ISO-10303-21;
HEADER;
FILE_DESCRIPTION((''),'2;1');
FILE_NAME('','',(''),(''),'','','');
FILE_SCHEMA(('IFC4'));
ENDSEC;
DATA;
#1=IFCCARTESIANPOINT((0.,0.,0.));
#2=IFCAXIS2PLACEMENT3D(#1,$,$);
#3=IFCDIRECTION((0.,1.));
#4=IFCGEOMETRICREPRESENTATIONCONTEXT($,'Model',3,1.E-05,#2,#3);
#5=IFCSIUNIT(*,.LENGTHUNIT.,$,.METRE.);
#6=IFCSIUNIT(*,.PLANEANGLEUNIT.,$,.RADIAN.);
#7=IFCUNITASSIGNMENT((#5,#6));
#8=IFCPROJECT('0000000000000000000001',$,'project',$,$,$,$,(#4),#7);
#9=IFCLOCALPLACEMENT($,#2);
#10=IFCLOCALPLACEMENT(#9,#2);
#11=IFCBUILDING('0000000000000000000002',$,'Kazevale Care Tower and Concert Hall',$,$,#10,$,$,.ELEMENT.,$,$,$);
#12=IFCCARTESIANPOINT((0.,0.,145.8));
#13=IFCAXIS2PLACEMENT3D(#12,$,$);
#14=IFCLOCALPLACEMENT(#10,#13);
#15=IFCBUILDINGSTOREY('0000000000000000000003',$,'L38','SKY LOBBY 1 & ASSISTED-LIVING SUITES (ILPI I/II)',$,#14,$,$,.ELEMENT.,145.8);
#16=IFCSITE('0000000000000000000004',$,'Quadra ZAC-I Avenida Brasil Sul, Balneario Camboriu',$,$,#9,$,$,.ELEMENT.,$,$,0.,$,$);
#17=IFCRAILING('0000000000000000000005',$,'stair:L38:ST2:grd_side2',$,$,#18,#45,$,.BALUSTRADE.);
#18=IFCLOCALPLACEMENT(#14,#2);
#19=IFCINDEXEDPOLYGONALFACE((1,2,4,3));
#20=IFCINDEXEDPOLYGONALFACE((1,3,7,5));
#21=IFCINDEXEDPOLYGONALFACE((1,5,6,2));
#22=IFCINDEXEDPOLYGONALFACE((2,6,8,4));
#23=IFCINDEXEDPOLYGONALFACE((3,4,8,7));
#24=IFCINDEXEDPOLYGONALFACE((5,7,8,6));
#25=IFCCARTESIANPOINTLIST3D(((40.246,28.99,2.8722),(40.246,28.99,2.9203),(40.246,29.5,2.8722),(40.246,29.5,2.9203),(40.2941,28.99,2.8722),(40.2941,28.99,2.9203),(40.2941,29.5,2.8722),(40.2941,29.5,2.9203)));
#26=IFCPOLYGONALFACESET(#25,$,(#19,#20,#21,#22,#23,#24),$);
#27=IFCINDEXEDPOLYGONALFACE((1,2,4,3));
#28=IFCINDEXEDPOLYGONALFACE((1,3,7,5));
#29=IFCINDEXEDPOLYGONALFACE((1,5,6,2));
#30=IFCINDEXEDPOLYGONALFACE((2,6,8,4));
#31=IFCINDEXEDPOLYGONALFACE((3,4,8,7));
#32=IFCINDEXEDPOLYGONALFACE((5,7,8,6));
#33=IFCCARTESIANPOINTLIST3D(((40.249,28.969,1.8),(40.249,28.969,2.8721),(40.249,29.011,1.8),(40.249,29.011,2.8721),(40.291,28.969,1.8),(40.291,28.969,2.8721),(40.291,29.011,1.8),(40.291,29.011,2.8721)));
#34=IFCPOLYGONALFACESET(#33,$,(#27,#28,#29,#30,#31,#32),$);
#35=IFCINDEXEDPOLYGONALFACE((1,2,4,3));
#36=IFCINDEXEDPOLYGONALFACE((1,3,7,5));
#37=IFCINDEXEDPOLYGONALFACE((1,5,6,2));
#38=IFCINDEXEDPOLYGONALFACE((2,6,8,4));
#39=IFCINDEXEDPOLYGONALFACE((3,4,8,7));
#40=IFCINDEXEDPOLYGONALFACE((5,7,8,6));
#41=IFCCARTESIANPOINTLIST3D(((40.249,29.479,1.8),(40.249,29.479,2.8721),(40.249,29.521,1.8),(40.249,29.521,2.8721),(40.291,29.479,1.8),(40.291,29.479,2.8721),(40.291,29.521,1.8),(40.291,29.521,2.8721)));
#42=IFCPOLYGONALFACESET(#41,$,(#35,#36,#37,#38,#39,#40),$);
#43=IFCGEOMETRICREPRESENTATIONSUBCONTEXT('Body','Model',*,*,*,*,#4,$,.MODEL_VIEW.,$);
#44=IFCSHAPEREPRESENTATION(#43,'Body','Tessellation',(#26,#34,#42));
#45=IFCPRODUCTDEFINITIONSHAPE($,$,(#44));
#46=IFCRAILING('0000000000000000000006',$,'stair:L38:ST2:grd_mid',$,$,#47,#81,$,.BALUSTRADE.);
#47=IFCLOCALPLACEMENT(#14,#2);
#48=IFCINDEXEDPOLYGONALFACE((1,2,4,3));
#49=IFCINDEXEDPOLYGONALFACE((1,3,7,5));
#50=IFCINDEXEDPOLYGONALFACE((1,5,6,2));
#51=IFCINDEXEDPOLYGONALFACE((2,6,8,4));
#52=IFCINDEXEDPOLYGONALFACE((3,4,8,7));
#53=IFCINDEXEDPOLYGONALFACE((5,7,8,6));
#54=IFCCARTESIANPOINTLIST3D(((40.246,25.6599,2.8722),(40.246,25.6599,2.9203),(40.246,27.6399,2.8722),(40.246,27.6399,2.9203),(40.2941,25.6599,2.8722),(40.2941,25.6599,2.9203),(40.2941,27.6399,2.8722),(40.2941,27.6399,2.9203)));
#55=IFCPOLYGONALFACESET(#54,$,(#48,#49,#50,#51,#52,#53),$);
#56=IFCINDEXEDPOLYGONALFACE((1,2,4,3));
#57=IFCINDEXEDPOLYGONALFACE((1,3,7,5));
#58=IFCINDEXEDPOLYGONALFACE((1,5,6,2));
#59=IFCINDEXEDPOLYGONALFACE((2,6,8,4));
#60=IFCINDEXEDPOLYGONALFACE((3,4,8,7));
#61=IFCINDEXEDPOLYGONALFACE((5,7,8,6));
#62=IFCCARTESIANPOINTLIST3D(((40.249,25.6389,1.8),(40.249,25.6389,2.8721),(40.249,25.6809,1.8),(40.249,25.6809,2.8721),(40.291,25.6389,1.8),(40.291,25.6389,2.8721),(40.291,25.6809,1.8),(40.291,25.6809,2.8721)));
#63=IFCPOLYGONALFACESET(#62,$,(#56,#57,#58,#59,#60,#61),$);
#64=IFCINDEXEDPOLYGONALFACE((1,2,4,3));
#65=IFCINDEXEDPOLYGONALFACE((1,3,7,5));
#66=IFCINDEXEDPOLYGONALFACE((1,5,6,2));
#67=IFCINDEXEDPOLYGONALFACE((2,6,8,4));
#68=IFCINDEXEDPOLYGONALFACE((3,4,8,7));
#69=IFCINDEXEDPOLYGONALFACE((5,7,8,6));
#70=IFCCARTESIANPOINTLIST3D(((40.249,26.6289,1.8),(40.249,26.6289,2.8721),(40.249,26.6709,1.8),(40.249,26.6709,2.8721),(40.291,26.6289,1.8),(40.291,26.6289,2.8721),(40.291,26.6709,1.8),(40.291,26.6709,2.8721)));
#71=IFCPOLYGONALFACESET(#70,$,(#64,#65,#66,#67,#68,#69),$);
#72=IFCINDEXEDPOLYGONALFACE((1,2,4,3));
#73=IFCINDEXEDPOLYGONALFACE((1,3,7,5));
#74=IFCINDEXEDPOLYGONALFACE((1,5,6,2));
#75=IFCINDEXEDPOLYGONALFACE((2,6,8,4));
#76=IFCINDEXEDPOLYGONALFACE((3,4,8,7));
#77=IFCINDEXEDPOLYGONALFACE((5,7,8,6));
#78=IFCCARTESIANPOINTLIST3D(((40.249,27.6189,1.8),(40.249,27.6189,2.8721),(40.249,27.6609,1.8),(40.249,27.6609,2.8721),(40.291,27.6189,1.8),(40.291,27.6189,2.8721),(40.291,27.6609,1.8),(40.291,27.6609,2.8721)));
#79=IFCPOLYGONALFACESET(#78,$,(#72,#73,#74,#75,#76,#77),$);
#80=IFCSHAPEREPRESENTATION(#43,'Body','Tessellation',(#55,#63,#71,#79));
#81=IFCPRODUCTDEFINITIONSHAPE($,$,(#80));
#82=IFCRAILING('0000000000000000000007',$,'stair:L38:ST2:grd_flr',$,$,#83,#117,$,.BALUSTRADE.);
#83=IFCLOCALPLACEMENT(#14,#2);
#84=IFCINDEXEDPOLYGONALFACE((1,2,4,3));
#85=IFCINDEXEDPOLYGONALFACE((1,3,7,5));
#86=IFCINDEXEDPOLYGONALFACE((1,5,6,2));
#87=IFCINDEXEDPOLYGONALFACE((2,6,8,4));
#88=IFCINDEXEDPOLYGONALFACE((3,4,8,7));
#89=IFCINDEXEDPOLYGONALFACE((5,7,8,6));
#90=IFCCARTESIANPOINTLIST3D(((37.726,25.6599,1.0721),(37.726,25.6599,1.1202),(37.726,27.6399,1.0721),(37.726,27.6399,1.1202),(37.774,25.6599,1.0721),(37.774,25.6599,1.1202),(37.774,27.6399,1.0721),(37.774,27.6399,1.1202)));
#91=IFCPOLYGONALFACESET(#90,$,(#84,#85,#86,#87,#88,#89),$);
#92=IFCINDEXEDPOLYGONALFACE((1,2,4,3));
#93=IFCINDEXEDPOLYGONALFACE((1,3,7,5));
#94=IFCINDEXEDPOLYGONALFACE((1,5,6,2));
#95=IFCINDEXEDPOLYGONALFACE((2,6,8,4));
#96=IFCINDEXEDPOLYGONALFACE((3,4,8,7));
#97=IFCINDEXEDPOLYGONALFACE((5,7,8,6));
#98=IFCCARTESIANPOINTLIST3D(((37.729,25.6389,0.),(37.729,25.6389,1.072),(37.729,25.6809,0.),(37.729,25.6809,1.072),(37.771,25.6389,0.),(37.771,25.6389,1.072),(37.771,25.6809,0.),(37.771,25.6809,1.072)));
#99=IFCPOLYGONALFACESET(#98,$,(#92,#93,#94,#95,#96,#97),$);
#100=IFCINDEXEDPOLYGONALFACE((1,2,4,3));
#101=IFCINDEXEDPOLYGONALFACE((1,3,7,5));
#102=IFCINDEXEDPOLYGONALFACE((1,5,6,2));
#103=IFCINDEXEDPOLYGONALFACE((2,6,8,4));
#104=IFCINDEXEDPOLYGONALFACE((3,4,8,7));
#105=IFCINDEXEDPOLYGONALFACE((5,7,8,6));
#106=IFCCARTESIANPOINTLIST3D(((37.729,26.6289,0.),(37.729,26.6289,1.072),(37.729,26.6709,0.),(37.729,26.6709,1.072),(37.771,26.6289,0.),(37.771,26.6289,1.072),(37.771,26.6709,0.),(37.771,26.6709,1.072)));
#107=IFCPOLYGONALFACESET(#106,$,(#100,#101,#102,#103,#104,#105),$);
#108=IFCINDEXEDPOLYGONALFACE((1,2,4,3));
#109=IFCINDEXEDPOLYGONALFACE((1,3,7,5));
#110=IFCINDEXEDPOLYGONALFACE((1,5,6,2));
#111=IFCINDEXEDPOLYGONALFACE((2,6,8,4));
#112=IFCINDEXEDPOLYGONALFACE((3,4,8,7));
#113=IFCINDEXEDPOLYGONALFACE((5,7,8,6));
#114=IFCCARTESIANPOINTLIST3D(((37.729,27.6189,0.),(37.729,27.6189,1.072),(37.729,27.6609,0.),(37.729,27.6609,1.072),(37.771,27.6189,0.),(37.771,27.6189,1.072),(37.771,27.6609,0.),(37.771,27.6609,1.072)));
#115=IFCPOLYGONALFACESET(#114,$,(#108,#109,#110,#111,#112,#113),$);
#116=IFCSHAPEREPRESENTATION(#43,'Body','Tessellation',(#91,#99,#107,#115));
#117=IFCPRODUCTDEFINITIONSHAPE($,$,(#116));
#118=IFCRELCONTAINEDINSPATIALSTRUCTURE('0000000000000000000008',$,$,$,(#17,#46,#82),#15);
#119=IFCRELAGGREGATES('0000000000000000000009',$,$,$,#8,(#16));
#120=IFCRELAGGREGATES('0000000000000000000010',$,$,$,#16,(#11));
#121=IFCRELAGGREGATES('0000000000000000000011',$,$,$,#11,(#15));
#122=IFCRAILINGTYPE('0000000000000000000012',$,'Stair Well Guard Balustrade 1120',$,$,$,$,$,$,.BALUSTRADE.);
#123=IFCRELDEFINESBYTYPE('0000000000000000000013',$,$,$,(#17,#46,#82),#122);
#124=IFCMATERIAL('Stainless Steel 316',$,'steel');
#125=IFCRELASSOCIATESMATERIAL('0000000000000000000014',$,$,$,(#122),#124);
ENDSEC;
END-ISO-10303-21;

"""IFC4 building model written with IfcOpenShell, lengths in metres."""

from ifc_helpers import new_model, si_unit, direction, frame, origin, origin_2d, place, context, subcontext, project, spatial, rectangle, extrude, material, type_object, element, save


model = new_model("IFC4")

# Units and contexts
model_context = context("Model", 3, precision=1e-05, world=origin(), true_north=direction((0.0, 1.0)))
body_context = subcontext(model_context, "Body", "Model", "MODEL_VIEW")
ifc_project = project(units=[si_unit("LENGTHUNIT", "METRE"), si_unit("PLANEANGLEUNIT", "RADIAN")], contexts=[model_context])

# Site, building, storey
site_placement = place(None, origin())
site = spatial("IfcSite", under=ifc_project, at=site_placement, Name="Quadra ZAC-I Avenida Brasil Sul, Balneario Camboriu", CompositionType="ELEMENT", RefElevation=0.0)
building_placement = place(site_placement, origin())
building = spatial("IfcBuilding", under=site, at=building_placement, Name="Kazevale Care Tower and Concert Hall", CompositionType="ELEMENT")
storey_placement = place(building_placement, frame((0.0, 0.0, 145.8)))
storey = spatial("IfcBuildingStorey", under=building, at=storey_placement, Name="L38", Description="SKY LOBBY 1 & ASSISTED-LIVING SUITES (ILPI I/II)", CompositionType="ELEMENT", Elevation=145.8)

# Railings
ifc_material_1 = material(Name="Stainless Steel 316", Category="steel")
railing_type_1 = type_object("IfcRailingType", Name="Stair Well Guard Balustrade 1120", PredefinedType="BALUSTRADE", material=ifc_material_1)
railing_1_placement = place(storey_placement, frame((40.27, 28.99, 1.8)))
element("IfcRailing", 1, at=railing_1_placement, inside=storey, type_object=railing_type_1, Name="stair:L38:ST2:grd_side2", PredefinedType="BALUSTRADE", context=body_context, shape_type="SweptSolid", body=[
    extrude(rectangle(XDim=0.0481, YDim=0.0481, at=origin_2d()), frame((0.0, 0.0, 1.0962), z_axis=(0.0, 1.0, 0.0), x_axis=(-1.0, 0.0, 0.0)), (0.0, 0.0, 1.0), 0.51),
    extrude(rectangle(XDim=0.042, YDim=0.042, at=origin_2d()), origin(), (0.0, 0.0, 1.0), 1.072),
    extrude(rectangle(XDim=0.042, YDim=0.042, at=origin_2d()), frame((0.0, 0.51, 0.0)), (0.0, 0.0, 1.0), 1.072),
])
for number, where, name in (
    (2, (40.27, 25.6599, 1.8), "stair:L38:ST2:grd_mid"),
    (3, (37.75, 25.6599, 0.0), "stair:L38:ST2:grd_flr"),
):
    element("IfcRailing", number, at=place(storey_placement, frame(where)), inside=storey, type_object=railing_type_1, Name=name, PredefinedType="BALUSTRADE", context=body_context, shape_type="SweptSolid", body=[
        extrude(rectangle(XDim=0.0481, YDim=0.0481, at=origin_2d()), frame((0.0, 0.0, 1.0962), z_axis=(0.0, 1.0, 0.0), x_axis=(-1.0, 0.0, 0.0)), (0.0, 0.0, 1.0), 1.98),
        extrude(rectangle(XDim=0.042, YDim=0.042, at=origin_2d()), origin(), (0.0, 0.0, 1.0), 1.072),
        extrude(rectangle(XDim=0.042, YDim=0.042, at=origin_2d()), frame((0.0, 0.99, 0.0)), (0.0, 0.0, 1.0), 1.072),
        extrude(rectangle(XDim=0.042, YDim=0.042, at=origin_2d()), frame((0.0, 1.98, 0.0)), (0.0, 0.0, 1.0), 1.072),
    ])

save(model, "model.ifc")
